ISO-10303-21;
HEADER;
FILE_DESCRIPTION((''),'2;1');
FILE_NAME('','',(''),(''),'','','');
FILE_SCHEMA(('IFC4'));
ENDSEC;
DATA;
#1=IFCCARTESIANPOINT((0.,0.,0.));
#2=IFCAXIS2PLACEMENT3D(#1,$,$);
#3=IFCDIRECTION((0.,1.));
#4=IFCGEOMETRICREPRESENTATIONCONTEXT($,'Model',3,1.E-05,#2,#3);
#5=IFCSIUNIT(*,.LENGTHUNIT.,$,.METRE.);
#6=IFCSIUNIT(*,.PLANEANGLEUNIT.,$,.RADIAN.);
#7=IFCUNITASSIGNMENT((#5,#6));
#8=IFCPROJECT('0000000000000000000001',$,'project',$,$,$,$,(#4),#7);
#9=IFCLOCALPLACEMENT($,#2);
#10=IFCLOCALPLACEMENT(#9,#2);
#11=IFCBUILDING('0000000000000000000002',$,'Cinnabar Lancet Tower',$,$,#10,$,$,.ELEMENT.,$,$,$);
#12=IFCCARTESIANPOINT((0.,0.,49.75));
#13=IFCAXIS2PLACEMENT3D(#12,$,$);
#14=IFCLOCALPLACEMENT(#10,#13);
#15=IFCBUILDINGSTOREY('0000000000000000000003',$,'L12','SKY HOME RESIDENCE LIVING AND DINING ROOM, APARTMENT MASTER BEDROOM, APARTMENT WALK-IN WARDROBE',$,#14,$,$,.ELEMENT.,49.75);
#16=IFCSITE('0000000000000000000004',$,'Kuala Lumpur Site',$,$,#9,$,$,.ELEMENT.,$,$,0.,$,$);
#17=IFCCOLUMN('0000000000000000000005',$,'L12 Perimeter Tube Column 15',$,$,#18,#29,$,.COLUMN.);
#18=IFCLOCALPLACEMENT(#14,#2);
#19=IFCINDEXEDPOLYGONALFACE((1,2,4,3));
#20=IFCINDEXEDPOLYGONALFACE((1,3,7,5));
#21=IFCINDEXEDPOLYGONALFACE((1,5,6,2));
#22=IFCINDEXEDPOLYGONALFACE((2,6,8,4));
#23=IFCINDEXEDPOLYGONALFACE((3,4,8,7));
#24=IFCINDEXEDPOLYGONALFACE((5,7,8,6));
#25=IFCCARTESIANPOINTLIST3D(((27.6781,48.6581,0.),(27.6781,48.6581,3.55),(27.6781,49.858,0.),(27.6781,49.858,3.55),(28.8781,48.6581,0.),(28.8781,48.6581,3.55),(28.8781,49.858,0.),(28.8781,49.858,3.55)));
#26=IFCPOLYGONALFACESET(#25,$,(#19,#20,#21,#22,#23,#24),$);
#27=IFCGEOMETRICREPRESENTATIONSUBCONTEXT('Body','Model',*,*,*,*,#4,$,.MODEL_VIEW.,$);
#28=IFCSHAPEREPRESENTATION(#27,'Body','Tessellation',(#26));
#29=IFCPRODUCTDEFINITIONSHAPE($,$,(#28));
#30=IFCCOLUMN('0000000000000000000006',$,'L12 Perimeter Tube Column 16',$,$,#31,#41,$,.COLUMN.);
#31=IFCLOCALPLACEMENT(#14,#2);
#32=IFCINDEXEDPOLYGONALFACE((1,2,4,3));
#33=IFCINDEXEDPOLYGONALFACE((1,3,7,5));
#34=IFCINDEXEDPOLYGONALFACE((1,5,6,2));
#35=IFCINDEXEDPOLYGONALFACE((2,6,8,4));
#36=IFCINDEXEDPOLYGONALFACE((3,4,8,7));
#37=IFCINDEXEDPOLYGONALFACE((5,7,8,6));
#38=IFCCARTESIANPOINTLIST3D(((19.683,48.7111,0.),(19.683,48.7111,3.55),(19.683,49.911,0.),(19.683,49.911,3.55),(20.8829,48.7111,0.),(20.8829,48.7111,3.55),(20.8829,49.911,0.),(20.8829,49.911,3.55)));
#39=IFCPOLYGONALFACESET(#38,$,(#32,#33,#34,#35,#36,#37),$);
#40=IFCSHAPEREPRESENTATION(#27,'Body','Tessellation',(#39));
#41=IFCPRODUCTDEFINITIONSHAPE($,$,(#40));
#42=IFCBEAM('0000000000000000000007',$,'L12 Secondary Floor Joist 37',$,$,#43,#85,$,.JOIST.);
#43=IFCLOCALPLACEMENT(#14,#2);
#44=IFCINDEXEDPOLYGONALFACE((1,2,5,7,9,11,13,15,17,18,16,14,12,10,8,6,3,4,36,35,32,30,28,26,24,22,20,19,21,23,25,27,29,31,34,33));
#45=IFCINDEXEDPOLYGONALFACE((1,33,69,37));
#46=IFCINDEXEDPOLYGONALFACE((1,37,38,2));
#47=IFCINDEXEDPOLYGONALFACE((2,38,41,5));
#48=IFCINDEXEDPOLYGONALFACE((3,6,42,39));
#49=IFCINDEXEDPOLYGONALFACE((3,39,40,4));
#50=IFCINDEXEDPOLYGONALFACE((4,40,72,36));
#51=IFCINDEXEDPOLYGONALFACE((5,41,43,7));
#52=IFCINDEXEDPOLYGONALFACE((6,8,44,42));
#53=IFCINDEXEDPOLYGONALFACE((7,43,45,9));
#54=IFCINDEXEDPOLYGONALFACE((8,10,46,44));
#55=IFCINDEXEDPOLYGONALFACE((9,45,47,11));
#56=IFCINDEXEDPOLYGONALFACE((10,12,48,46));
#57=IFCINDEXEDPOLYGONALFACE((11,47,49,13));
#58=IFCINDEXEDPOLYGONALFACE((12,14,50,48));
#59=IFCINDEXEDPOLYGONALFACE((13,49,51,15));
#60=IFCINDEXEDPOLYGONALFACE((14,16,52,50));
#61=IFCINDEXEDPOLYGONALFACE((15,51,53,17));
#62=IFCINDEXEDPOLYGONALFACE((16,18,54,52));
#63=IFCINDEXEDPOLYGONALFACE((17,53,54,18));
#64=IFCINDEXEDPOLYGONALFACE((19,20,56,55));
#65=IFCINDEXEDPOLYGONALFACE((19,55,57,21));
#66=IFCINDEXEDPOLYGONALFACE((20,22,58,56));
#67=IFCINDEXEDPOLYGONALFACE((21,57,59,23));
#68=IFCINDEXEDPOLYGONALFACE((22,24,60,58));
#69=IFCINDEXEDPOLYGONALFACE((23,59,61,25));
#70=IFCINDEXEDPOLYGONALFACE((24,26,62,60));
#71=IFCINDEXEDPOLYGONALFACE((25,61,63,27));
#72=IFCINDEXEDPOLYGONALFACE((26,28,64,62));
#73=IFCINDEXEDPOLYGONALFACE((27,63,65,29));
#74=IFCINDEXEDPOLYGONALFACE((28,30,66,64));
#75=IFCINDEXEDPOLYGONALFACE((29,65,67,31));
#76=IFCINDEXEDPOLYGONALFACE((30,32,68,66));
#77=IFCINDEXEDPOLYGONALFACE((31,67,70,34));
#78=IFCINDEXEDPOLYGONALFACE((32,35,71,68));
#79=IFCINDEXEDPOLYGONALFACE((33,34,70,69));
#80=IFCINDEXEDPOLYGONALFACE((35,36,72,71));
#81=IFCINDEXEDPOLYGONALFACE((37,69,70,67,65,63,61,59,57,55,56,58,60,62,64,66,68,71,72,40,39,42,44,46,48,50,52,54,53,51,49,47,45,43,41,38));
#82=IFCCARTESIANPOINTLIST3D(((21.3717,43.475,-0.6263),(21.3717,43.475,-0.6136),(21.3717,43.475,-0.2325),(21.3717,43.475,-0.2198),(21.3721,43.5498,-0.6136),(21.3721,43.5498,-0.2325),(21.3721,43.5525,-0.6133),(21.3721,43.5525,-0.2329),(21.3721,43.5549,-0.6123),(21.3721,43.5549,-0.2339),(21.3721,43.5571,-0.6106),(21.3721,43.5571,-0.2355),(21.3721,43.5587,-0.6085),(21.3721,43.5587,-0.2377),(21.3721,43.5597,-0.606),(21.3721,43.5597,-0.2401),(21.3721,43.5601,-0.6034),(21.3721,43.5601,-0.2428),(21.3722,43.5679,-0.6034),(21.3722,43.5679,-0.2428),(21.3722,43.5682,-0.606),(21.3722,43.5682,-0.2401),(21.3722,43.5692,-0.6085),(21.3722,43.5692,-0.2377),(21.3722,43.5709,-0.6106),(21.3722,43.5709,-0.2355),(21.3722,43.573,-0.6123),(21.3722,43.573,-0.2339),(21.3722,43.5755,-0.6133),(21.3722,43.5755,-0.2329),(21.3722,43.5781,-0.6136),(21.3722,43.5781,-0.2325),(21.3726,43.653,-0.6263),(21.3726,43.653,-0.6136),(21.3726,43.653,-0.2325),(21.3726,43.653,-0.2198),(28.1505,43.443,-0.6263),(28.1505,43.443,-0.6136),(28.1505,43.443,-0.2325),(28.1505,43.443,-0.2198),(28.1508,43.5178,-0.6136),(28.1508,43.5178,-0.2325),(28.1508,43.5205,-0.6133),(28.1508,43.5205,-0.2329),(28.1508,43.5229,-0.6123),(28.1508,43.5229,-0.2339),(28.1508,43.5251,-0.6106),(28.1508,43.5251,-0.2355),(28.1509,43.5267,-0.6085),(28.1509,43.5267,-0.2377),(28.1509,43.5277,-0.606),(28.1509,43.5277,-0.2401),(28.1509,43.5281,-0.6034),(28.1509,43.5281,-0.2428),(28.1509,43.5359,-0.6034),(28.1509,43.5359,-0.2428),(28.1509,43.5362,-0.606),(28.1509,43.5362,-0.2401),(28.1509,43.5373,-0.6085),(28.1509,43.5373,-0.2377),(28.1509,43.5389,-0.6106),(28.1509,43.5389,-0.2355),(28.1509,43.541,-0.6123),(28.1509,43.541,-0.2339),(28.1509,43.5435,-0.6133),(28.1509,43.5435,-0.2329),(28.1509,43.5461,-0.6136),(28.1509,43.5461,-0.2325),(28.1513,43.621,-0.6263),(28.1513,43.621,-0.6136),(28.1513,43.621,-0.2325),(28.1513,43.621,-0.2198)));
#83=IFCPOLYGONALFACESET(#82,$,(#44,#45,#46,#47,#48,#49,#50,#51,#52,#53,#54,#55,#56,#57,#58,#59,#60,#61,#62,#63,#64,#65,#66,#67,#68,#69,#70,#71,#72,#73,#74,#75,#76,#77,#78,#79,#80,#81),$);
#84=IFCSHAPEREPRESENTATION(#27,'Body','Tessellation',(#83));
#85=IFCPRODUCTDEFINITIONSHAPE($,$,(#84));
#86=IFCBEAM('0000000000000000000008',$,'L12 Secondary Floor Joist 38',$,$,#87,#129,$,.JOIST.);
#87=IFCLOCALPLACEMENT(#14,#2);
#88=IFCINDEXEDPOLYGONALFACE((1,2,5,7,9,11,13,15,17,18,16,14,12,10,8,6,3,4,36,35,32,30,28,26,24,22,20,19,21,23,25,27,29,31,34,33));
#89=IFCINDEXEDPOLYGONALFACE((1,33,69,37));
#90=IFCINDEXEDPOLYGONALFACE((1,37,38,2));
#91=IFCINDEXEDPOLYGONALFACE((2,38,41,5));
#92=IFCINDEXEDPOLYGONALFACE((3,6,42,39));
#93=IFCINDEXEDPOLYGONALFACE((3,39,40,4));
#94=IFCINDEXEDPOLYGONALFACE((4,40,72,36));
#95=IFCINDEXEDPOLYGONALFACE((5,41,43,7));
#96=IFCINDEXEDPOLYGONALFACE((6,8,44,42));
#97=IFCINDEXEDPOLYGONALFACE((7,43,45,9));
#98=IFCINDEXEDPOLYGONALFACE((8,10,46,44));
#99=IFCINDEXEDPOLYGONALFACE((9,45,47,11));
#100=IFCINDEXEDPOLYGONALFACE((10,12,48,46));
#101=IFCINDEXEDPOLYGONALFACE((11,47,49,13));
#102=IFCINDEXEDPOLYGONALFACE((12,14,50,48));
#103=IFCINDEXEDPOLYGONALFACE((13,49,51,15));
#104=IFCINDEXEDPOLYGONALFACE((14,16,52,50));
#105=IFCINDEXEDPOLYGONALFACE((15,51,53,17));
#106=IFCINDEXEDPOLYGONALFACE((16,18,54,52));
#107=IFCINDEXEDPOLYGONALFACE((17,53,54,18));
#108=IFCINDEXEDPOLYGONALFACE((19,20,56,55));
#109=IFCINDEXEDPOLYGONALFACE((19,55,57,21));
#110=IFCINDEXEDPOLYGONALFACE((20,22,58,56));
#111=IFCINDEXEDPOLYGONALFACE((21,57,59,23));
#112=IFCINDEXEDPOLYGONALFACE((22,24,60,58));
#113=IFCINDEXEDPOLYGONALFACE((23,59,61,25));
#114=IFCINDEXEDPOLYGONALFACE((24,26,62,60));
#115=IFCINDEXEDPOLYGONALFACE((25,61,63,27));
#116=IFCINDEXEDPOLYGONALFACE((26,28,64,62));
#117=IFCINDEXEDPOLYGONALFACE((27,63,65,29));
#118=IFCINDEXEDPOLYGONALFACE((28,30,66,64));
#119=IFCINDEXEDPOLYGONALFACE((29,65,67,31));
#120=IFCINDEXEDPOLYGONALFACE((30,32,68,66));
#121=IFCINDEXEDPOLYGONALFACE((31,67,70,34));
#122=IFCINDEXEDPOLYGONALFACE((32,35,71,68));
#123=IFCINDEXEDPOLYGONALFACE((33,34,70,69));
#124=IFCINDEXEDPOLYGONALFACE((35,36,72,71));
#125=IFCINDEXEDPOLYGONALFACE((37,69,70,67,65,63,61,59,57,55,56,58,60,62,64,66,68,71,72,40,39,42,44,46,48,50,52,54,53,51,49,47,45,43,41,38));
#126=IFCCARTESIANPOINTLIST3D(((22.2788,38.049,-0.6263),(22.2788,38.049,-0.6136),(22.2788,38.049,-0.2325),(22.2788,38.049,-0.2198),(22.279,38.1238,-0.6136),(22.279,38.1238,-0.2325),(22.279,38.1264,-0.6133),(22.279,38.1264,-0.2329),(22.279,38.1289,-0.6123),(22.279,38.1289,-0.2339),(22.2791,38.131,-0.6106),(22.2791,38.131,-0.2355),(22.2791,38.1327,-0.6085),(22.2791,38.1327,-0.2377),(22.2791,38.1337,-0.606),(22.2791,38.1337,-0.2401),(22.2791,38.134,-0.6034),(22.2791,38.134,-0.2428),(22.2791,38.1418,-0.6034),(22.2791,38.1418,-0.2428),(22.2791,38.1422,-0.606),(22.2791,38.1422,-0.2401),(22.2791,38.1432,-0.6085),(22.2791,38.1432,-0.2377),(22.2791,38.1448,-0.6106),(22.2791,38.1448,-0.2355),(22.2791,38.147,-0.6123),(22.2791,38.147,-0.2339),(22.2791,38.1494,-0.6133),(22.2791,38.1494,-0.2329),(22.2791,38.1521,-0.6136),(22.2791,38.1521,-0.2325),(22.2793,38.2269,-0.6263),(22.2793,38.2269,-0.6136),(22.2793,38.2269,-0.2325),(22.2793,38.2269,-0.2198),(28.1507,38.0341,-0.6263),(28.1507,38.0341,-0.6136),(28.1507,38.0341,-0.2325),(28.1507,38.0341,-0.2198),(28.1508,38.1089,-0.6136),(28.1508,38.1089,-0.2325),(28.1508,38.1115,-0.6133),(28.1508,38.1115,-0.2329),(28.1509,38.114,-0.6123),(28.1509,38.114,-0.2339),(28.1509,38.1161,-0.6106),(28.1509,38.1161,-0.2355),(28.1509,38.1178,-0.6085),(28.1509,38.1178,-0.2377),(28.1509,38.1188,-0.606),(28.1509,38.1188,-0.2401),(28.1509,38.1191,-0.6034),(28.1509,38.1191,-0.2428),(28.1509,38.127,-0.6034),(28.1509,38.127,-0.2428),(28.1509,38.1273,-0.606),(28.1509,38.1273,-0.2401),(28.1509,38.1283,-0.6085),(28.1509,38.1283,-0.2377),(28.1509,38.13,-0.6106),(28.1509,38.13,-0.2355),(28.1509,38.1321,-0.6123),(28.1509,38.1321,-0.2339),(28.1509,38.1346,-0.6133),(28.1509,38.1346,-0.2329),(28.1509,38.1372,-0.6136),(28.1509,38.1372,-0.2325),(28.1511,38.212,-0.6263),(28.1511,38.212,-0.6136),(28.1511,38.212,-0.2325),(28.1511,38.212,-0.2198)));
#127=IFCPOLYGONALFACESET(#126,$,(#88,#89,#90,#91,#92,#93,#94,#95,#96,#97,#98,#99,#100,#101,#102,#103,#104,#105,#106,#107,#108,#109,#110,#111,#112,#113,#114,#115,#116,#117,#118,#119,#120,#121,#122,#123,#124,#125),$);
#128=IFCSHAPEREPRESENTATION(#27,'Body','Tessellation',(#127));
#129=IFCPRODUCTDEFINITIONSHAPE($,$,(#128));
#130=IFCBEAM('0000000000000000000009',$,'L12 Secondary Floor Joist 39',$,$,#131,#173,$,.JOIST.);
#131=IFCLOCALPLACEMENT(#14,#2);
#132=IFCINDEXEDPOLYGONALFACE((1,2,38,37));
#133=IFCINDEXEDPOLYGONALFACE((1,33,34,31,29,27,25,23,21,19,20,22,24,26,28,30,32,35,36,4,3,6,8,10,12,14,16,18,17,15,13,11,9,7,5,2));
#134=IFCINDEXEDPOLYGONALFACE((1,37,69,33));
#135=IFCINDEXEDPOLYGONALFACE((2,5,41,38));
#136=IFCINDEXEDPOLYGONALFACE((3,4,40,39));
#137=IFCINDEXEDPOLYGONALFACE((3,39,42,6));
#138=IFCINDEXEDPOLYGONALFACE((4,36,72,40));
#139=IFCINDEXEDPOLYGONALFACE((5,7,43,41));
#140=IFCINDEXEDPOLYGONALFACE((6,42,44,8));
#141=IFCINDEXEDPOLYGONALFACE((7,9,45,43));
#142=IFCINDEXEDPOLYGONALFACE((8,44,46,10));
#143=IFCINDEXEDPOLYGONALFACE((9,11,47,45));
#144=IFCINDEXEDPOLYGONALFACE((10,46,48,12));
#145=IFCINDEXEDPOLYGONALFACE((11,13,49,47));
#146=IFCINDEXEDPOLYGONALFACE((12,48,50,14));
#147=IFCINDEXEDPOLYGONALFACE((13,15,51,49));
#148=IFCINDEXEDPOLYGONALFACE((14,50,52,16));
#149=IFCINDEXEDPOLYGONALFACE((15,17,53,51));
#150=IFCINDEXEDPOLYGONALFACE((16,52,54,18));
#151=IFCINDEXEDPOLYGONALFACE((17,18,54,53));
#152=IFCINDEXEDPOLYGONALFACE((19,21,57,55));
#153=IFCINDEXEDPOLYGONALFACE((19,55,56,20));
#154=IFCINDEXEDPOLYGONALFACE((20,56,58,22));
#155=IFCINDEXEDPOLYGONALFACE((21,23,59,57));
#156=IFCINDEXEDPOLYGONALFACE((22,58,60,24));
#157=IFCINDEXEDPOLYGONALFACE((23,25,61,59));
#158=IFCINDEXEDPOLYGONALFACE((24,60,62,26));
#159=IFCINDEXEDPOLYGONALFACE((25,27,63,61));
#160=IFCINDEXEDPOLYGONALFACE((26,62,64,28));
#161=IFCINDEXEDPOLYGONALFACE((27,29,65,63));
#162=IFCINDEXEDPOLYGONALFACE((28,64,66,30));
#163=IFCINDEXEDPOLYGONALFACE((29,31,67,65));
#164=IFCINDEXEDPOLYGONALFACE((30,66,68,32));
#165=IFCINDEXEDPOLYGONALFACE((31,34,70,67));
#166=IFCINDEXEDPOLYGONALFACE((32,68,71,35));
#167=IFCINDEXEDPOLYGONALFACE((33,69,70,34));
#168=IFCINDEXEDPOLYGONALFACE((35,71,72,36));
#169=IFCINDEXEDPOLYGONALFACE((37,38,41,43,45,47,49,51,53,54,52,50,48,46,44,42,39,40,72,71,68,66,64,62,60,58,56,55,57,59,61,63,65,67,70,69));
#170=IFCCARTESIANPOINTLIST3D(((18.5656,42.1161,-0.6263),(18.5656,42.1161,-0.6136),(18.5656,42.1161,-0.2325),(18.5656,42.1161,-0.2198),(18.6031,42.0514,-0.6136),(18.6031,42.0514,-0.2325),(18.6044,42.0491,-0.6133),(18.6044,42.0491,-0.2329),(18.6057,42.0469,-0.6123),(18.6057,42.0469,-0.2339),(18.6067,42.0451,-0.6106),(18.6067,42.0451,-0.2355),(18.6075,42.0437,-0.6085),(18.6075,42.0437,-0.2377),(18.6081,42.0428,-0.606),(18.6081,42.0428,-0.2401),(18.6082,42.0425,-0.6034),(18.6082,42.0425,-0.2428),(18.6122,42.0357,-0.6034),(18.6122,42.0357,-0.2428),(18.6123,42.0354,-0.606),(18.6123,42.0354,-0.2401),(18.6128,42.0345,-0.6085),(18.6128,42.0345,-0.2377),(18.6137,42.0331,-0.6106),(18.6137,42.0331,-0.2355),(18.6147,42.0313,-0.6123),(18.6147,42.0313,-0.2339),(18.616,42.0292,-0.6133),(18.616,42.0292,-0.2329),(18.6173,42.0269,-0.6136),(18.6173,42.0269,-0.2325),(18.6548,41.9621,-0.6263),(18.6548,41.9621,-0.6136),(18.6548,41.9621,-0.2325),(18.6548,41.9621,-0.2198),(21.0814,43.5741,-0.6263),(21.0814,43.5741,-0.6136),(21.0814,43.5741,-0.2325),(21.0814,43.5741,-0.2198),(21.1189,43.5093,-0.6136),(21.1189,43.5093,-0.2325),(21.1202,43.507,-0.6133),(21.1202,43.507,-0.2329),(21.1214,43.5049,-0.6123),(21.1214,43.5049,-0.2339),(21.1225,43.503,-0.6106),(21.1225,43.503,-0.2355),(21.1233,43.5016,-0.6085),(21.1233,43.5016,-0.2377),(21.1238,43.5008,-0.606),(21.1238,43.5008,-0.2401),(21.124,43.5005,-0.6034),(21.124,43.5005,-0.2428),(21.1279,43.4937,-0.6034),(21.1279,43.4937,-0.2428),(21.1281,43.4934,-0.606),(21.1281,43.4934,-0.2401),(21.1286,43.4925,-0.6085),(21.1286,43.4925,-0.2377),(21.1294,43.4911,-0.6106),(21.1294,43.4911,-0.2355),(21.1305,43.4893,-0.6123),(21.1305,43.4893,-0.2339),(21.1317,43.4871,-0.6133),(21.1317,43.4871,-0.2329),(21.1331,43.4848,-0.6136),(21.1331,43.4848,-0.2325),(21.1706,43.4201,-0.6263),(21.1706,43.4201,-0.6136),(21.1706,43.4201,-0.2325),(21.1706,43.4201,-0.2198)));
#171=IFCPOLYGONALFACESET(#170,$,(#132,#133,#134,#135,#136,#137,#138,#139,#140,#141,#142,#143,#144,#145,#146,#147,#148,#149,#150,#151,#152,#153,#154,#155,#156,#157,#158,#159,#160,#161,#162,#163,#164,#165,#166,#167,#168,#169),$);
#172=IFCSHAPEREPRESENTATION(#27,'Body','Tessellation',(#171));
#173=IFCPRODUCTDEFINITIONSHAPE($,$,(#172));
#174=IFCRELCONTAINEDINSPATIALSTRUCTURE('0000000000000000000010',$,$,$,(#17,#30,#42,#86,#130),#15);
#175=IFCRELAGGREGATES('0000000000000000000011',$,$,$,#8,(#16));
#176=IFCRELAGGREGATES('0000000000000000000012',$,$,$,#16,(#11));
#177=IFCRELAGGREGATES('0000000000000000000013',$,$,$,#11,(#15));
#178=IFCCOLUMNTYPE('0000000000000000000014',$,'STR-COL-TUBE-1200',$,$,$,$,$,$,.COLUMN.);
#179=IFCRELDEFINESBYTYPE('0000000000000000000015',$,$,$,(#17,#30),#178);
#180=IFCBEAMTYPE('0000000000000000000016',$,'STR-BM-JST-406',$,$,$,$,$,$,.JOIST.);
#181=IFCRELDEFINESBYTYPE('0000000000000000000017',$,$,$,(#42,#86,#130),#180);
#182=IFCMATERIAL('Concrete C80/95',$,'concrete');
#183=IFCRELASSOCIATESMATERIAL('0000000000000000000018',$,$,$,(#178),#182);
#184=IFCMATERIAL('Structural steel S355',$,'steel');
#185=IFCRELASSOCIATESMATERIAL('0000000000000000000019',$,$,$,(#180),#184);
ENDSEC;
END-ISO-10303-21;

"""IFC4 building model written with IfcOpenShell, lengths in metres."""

from ifc_helpers import new_model, si_unit, direction, frame, origin, origin_2d, place, context, subcontext, project, spatial, rectangle, i_section, extrude, material, material_profile, profile_set, type_object, element, save


model = new_model("IFC4")

# Units and contexts
model_context = context("Model", 3, precision=1e-05, world=origin(), true_north=direction((0.0, 1.0)))
body_context = subcontext(model_context, "Body", "Model", "MODEL_VIEW")
ifc_project = project(units=[si_unit("LENGTHUNIT", "METRE"), si_unit("PLANEANGLEUNIT", "RADIAN")], contexts=[model_context])

# Site, building, storey
site_placement = place(None, origin())
site = spatial("IfcSite", under=ifc_project, at=site_placement, Name="Kuala Lumpur Site", CompositionType="ELEMENT", RefElevation=0.0)
building_placement = place(site_placement, origin())
building = spatial("IfcBuilding", under=site, at=building_placement, Name="Cinnabar Lancet Tower", CompositionType="ELEMENT")
storey_placement = place(building_placement, frame((0.0, 0.0, 49.75)))
storey = spatial("IfcBuildingStorey", under=building, at=storey_placement, Name="L12", Description="SKY HOME RESIDENCE LIVING AND DINING ROOM, APARTMENT MASTER BEDROOM, APARTMENT WALK-IN WARDROBE", CompositionType="ELEMENT", Elevation=49.75)

# Columns
ifc_material_1 = material(Name="Concrete C80/95", Category="concrete")
ifc_material_profile_1 = material_profile(ifc_material_1, rectangle(XDim=1.2, YDim=1.2, at=origin_2d()), Name="RC-COL 1200x1200")
ifc_profile_set_1 = profile_set([ifc_material_profile_1], Name="Concrete C80/95")
column_type = type_object("IfcColumnType", Name="STR-COL-TUBE-1200", PredefinedType="COLUMN", material=ifc_profile_set_1)
for number, where, z_axis, x_axis, name in (
    (1, (28.2781, 49.2581, 0.0), (0.0, 0.0, 1.0), (1.0, 0.0, 0.0), "L12 Perimeter Tube Column 15"),
    (2, (20.283, 49.311, 0.0), (0.0, 0.0, 1.0), (1.0, 0.0, 0.0), "L12 Perimeter Tube Column 16"),
):
    element("IfcColumn", number, at=place(storey_placement, frame(where, z_axis=z_axis, x_axis=x_axis)), inside=storey, type_object=column_type, Name=name, PredefinedType="COLUMN", context=body_context, shape_type="SweptSolid", body=[
        extrude(rectangle(XDim=1.2, YDim=1.2, at=origin_2d()), origin(), (0.0, 0.0, 1.0), 3.55),
    ])

# Beams
ifc_material_2 = material(Name="Structural steel S355", Category="steel")
ifc_material_profile_2 = material_profile(ifc_material_2, i_section(OverallWidth=0.178, OverallDepth=0.4065, WebThickness=0.0078, FlangeThickness=0.0127, FilletRadius=0.0103, at=origin_2d()), Name="UKB 406x178x60")
ifc_profile_set_2 = profile_set([ifc_material_profile_2], Name="Structural steel S355")
beam_type_1 = type_object("IfcBeamType", Name="STR-BM-JST-406", PredefinedType="JOIST", material=ifc_profile_set_2)
beam_1_placement = place(storey_placement, frame((28.1509, 43.532, -0.4231), z_axis=(-0.999989, 0.004718, 0.0), x_axis=(-0.004718, -0.999989, 0.0)))
element("IfcBeam", 3, at=beam_1_placement, inside=storey, type_object=beam_type_1, Name="L12 Secondary Floor Joist 37", PredefinedType="JOIST", context=body_context, shape_type="SweptSolid", body=[
    extrude(i_section(OverallWidth=0.178, OverallDepth=0.4065, WebThickness=0.0078, FlangeThickness=0.0127, FilletRadius=0.0103, at=origin_2d()), origin(), (0.0, 0.0, 1.0), 6.7788),
])
beam_2_placement = place(storey_placement, frame((28.1509, 38.123, -0.4231), z_axis=(-0.999997, 0.002536, 0.0), x_axis=(-0.002536, -0.999997, 0.0)))
element("IfcBeam", 4, at=beam_2_placement, inside=storey, type_object=beam_type_1, Name="L12 Secondary Floor Joist 38", PredefinedType="JOIST", context=body_context, shape_type="SweptSolid", body=[
    extrude(i_section(OverallWidth=0.178, OverallDepth=0.4065, WebThickness=0.0078, FlangeThickness=0.0127, FilletRadius=0.0103, at=origin_2d()), origin(), (0.0, 0.0, 1.0), 5.8718),
])
beam_3_placement = place(storey_placement, frame((21.126, 43.4971, -0.4231), z_axis=(-0.86521, -0.50141, 0.0), x_axis=(0.50141, -0.86521, 0.0)))
element("IfcBeam", 5, at=beam_3_placement, inside=storey, type_object=beam_type_1, Name="L12 Secondary Floor Joist 39", PredefinedType="JOIST", context=body_context, shape_type="SweptSolid", body=[
    extrude(i_section(OverallWidth=0.178, OverallDepth=0.4065, WebThickness=0.0078, FlangeThickness=0.0127, FilletRadius=0.0103, at=origin_2d()), origin(), (0.0, 0.0, 1.0), 2.9077),
])

save(model, "model.ifc")
